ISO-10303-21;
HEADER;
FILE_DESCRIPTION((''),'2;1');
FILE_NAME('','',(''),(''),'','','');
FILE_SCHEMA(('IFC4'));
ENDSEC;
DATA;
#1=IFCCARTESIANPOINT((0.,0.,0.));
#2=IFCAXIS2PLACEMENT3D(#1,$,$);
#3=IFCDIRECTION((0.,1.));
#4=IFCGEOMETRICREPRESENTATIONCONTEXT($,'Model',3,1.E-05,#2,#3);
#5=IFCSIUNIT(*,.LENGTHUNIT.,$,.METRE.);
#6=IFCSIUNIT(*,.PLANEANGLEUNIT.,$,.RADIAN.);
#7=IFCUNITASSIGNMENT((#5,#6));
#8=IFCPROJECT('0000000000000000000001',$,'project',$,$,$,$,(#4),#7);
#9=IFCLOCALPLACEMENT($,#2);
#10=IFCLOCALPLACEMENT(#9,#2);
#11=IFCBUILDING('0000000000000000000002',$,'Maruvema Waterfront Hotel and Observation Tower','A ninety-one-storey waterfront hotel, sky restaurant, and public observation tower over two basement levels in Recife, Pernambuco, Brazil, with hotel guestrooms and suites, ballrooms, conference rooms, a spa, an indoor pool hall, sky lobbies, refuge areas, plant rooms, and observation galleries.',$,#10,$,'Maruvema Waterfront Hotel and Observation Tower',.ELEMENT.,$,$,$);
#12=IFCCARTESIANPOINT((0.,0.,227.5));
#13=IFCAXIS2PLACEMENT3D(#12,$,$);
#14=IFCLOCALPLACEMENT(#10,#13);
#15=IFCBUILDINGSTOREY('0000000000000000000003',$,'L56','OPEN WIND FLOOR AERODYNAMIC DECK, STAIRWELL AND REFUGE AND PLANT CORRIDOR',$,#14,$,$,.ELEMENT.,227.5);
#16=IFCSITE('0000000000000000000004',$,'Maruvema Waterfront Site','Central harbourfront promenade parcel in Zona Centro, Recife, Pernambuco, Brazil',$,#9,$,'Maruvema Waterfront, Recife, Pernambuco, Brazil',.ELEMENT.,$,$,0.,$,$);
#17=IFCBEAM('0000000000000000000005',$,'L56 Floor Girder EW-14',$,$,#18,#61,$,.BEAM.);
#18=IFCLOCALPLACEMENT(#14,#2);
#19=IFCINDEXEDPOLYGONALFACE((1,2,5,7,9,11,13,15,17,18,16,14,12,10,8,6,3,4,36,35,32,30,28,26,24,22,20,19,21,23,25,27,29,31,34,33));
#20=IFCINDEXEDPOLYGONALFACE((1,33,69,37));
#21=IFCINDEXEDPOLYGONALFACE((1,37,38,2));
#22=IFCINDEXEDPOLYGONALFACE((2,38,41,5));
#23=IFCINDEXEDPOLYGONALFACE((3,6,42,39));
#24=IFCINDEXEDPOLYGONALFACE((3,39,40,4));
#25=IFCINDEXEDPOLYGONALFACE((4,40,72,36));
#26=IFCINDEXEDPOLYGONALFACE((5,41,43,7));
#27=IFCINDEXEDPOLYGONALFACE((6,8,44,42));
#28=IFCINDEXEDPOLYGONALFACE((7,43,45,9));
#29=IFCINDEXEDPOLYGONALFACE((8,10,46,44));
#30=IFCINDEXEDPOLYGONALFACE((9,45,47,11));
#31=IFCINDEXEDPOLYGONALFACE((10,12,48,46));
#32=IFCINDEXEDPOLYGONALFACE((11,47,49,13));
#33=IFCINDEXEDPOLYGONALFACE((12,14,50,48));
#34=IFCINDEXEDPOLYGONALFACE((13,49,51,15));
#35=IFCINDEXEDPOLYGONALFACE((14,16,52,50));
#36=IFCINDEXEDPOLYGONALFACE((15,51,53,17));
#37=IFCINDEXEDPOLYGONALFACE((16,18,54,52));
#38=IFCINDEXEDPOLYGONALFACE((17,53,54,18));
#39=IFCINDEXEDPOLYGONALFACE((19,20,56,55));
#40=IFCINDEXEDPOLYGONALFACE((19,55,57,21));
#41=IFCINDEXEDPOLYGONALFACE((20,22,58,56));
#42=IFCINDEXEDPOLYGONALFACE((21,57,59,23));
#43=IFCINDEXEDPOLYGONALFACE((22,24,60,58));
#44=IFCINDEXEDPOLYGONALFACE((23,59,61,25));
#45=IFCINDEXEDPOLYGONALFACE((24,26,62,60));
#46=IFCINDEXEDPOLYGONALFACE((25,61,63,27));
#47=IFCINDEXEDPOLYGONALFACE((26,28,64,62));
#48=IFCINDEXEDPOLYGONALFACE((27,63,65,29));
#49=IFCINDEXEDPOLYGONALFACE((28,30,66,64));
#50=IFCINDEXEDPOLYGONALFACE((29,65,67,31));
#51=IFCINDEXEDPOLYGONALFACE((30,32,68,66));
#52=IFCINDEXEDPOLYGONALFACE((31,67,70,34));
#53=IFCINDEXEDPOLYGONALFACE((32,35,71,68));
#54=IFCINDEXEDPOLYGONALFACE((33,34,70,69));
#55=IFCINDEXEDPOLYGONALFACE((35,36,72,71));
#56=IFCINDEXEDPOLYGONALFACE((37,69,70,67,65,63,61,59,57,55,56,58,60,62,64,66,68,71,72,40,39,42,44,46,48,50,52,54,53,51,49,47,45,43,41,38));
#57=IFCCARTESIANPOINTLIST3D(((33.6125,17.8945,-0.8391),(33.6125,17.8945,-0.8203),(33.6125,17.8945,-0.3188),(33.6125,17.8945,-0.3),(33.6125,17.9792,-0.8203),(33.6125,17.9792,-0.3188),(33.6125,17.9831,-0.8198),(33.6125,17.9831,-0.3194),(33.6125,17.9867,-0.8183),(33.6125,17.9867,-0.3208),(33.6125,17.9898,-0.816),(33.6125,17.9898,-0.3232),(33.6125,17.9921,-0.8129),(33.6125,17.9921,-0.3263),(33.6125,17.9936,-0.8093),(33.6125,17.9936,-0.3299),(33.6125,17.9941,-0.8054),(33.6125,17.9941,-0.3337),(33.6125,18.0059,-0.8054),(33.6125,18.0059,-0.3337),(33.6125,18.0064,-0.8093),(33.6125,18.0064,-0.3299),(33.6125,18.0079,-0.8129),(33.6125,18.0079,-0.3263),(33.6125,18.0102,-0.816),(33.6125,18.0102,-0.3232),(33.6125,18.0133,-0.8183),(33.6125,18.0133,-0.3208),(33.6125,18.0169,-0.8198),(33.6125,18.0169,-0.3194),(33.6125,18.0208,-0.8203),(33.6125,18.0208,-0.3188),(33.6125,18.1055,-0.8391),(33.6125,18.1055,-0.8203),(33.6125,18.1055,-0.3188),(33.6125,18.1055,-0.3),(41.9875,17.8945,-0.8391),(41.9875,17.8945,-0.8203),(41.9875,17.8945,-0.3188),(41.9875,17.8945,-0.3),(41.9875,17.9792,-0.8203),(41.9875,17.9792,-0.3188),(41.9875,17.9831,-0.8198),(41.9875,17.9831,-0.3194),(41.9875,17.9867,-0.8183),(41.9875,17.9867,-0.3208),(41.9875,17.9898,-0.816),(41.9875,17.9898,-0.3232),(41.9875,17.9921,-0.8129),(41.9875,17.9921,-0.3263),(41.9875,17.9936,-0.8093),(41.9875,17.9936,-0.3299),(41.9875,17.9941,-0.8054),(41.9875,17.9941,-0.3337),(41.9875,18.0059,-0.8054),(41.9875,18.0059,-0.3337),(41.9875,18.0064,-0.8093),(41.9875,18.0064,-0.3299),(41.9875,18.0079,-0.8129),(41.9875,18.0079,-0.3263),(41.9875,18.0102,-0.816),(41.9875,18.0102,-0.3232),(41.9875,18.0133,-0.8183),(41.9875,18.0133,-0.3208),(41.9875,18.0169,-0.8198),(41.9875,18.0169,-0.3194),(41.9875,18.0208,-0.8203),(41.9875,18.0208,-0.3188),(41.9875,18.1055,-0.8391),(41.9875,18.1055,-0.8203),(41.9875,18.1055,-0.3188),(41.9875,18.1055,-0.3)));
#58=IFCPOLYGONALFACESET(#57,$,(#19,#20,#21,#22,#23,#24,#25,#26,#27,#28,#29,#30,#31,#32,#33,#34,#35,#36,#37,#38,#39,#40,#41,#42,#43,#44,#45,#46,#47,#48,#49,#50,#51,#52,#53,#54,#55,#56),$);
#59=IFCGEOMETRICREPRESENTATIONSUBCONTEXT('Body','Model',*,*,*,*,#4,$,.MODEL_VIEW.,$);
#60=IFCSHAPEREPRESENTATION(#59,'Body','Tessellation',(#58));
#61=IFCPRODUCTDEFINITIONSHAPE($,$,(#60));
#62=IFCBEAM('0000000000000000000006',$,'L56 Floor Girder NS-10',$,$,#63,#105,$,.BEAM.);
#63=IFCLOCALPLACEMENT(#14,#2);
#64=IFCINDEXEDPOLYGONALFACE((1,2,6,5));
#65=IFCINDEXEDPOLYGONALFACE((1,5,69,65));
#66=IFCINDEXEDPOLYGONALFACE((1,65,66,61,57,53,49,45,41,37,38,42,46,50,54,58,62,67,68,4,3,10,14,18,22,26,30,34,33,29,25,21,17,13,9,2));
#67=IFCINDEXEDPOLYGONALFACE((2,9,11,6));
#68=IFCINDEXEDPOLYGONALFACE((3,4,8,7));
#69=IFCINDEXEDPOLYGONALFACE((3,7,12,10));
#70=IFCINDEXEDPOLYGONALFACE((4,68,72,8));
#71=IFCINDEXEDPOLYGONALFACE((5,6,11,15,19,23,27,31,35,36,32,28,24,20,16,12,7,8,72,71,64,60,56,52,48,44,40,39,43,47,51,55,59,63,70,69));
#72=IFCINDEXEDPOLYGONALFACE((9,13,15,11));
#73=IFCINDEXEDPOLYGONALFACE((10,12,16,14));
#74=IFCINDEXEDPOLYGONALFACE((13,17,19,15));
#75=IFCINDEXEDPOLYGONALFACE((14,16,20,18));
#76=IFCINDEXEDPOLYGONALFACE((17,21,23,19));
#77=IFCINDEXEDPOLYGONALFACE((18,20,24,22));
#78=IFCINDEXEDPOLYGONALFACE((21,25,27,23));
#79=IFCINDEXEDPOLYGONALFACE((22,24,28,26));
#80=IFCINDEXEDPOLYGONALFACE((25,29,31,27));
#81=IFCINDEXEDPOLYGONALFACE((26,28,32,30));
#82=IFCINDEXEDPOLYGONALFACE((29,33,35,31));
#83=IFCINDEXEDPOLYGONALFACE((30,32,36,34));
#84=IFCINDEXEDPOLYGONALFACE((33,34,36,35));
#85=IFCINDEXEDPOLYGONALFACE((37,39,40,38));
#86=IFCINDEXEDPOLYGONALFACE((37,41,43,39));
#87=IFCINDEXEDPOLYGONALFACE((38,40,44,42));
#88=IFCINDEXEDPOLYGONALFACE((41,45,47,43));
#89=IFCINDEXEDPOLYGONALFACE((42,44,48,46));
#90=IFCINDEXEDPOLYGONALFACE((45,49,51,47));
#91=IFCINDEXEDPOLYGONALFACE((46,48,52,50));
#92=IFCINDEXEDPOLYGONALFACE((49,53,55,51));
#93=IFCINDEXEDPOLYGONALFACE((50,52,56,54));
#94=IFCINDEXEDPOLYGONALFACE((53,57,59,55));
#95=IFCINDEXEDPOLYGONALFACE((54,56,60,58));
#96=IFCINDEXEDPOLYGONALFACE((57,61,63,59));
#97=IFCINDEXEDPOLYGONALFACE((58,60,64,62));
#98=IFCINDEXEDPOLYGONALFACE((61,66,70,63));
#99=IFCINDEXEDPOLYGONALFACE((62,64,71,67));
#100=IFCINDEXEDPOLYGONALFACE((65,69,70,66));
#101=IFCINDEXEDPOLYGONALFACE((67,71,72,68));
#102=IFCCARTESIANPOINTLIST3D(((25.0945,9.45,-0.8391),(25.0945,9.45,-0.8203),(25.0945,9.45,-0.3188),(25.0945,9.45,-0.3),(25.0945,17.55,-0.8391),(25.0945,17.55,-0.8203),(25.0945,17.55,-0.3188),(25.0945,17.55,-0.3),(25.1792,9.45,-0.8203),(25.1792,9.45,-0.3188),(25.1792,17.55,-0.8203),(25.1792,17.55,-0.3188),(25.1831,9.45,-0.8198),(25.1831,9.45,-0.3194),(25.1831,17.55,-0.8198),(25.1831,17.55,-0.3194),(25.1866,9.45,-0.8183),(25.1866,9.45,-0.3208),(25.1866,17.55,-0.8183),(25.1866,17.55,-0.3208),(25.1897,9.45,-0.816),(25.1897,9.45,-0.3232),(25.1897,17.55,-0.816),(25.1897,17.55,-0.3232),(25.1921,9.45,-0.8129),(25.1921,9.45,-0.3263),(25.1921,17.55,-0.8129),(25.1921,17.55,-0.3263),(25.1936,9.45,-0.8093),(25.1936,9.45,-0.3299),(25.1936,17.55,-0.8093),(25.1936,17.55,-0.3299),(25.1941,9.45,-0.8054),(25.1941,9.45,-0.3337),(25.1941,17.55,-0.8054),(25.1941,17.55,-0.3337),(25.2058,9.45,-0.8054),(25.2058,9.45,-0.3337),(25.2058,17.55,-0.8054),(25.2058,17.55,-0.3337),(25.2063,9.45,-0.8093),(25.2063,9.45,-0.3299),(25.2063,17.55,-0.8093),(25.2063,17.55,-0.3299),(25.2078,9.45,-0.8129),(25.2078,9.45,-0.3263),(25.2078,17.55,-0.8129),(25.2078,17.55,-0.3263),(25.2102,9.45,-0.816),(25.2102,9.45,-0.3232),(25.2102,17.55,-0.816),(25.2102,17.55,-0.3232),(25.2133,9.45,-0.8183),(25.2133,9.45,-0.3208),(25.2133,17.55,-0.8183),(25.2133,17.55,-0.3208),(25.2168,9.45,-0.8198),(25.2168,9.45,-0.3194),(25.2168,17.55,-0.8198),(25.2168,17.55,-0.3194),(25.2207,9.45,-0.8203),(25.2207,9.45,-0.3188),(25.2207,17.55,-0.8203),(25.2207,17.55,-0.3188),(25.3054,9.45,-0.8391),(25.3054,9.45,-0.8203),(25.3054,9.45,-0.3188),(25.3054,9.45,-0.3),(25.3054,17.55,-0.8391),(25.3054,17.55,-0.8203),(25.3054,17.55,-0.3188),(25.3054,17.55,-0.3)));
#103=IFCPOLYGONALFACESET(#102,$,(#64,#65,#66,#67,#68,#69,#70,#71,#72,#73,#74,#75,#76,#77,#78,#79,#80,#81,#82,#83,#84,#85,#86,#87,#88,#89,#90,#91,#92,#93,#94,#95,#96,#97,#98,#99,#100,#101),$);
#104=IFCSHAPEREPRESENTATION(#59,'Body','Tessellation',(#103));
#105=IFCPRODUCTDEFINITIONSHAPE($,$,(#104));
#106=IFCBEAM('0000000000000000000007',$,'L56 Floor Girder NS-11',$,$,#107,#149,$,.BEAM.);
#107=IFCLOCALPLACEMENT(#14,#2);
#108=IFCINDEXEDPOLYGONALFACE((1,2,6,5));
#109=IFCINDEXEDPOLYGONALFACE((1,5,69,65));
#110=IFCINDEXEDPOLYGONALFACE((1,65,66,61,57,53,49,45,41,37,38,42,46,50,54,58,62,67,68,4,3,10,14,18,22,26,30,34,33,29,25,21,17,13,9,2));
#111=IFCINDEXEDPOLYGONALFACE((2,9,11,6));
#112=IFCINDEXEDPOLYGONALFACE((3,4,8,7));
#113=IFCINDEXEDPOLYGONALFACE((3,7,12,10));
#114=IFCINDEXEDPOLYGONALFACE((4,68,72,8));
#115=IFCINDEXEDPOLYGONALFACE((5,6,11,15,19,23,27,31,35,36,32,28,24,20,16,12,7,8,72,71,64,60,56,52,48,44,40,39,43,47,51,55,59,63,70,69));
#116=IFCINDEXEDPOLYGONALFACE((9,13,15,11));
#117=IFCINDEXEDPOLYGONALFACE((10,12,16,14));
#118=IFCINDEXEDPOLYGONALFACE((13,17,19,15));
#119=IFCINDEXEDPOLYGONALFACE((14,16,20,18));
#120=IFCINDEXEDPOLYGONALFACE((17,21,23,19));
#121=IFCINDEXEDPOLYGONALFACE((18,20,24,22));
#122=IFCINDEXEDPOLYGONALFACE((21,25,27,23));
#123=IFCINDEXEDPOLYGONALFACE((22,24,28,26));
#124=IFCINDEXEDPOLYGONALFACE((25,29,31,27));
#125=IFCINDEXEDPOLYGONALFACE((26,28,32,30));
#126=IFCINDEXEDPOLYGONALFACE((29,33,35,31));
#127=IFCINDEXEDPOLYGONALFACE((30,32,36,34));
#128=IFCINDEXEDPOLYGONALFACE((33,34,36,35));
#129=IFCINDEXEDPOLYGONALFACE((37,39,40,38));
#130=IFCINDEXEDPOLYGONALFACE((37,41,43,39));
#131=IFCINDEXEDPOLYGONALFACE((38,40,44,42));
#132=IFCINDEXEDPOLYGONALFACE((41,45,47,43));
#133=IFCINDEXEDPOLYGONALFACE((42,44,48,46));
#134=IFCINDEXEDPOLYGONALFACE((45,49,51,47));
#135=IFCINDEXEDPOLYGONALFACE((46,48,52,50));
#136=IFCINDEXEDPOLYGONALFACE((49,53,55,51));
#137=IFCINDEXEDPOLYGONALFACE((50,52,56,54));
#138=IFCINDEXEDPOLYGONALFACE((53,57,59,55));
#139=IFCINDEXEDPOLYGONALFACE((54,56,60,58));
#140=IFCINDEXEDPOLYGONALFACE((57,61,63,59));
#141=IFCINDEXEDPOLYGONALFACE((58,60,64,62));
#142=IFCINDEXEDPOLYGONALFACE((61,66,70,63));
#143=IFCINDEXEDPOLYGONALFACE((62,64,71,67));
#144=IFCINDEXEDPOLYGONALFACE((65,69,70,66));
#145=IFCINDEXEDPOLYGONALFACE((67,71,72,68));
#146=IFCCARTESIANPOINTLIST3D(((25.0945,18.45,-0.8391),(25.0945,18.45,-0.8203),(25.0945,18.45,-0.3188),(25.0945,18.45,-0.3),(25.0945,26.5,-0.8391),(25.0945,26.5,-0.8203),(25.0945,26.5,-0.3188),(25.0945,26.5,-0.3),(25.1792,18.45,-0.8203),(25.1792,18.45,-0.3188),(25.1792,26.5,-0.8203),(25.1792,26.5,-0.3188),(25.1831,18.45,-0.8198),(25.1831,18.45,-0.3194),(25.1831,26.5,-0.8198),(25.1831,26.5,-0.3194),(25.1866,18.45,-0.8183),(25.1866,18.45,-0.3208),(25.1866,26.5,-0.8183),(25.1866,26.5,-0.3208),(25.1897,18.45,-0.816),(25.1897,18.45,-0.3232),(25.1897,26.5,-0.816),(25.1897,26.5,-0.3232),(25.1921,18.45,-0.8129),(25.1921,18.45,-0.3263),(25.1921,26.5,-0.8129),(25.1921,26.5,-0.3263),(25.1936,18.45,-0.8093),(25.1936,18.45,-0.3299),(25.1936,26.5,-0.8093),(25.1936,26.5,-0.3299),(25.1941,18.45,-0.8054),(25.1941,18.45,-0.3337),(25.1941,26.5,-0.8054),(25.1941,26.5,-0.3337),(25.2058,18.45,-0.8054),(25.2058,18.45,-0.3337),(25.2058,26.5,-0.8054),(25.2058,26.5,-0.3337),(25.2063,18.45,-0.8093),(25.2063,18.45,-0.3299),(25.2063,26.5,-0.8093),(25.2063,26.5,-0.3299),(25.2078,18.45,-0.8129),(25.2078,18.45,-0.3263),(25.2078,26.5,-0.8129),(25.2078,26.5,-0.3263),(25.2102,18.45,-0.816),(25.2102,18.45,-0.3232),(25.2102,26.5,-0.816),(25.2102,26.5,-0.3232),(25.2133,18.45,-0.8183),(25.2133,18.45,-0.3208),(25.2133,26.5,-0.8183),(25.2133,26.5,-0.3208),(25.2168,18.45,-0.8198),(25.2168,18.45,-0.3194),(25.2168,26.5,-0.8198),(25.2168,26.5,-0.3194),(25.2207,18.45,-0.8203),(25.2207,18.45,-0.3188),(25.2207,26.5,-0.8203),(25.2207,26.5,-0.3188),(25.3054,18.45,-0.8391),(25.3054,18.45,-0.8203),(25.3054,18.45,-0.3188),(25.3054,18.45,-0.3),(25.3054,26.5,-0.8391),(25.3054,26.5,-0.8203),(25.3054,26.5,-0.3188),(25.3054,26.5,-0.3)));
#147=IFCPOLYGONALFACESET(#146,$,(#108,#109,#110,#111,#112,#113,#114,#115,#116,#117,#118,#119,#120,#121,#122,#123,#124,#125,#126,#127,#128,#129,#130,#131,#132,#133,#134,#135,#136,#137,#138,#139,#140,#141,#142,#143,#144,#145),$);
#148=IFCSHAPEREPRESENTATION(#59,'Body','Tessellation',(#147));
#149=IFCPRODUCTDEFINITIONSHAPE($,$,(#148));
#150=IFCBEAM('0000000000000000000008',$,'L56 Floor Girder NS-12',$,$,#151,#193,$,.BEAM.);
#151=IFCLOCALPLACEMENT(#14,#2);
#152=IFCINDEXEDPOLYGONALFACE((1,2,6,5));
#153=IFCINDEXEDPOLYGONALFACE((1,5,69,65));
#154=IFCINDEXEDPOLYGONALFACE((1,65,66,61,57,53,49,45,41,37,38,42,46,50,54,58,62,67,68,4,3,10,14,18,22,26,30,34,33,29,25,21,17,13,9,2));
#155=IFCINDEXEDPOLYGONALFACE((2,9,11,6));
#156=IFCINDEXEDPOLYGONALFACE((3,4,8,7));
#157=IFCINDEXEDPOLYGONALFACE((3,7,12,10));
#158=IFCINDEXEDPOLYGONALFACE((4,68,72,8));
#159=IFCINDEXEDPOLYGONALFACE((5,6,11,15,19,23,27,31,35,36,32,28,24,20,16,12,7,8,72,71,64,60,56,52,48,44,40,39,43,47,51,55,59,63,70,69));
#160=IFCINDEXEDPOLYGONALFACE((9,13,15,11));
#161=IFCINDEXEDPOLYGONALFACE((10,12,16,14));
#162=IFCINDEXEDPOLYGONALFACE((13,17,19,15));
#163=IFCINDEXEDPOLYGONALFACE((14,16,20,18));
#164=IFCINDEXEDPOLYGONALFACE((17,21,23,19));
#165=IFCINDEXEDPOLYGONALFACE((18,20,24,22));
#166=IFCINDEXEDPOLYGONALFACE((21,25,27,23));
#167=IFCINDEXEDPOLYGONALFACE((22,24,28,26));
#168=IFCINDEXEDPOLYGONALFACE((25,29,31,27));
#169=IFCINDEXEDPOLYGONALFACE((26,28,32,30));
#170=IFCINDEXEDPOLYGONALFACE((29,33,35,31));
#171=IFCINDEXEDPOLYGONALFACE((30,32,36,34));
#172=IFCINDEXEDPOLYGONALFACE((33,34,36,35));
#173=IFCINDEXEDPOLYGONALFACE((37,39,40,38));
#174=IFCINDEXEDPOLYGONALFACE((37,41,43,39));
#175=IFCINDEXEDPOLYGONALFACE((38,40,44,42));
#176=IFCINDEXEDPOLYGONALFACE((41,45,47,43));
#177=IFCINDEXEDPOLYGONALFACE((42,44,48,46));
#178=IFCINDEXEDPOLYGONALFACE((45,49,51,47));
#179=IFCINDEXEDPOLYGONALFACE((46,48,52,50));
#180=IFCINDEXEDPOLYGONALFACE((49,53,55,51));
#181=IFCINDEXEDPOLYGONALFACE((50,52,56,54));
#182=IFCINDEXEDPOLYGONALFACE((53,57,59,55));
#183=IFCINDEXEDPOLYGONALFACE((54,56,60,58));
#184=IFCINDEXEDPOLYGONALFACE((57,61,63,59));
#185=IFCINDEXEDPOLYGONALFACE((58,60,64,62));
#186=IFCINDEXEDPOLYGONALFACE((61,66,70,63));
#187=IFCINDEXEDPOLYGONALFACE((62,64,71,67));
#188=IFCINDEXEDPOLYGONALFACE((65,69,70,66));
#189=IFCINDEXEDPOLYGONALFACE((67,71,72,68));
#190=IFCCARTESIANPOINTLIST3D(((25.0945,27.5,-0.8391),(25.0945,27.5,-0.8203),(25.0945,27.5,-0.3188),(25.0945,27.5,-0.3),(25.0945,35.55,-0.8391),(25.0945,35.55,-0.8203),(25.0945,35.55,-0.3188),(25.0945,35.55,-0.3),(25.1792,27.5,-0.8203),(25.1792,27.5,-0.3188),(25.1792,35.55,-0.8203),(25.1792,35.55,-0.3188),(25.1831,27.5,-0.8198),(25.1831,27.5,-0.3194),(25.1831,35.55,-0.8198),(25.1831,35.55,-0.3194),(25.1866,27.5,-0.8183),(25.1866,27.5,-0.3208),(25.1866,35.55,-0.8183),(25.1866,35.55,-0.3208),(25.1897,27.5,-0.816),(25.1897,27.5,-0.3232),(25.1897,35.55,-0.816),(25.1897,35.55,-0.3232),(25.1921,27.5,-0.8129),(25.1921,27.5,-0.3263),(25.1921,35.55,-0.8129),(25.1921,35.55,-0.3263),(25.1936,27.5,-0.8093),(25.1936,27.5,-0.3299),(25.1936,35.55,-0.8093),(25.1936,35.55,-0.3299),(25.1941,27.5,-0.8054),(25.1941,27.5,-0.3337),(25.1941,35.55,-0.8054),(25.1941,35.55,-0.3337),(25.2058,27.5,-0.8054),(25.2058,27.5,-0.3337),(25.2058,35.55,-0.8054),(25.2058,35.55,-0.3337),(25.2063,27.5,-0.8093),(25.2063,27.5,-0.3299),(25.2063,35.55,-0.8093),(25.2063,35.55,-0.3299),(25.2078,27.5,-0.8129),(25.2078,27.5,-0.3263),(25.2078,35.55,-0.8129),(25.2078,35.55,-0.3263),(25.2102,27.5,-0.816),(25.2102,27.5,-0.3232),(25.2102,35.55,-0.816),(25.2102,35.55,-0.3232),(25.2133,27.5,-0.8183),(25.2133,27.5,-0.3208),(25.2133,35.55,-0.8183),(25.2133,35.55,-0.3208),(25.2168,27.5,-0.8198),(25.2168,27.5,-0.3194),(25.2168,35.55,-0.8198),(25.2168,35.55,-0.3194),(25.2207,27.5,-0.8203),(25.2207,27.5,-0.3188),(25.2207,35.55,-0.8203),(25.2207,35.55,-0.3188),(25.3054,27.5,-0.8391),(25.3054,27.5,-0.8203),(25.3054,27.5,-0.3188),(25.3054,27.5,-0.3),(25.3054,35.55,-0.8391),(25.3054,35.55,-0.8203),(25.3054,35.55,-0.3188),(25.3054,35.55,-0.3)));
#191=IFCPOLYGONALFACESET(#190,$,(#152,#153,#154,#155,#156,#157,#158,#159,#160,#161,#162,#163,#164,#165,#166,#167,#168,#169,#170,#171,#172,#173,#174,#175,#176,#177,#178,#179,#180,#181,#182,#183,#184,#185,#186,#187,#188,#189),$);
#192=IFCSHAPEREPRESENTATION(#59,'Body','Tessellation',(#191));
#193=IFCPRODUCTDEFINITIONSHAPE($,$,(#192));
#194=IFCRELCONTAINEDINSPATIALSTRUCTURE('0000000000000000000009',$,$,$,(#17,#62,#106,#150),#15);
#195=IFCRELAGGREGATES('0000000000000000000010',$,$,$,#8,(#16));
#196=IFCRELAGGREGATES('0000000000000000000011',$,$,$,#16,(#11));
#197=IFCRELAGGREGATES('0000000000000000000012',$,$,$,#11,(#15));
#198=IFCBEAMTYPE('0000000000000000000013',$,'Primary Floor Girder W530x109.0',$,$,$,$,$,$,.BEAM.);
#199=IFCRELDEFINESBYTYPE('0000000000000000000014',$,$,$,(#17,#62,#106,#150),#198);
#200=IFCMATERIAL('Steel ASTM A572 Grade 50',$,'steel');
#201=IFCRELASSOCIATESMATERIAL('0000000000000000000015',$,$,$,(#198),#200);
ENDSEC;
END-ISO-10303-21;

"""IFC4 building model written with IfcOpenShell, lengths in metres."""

from ifc_helpers import new_model, si_unit, direction, frame, origin, origin_2d, place, context, subcontext, project, spatial, i_section, extrude, material, material_profile, profile_set, type_object, element, save


model = new_model("IFC4")

# Units and contexts
model_context = context("Model", 3, precision=1e-05, world=origin(), true_north=direction((0.0, 1.0)))
body_context = subcontext(model_context, "Body", "Model", "MODEL_VIEW")
ifc_project = project(units=[si_unit("LENGTHUNIT", "METRE"), si_unit("PLANEANGLEUNIT", "RADIAN")], contexts=[model_context])

# Site, building, storey
site_placement = place(None, origin())
site = spatial("IfcSite", under=ifc_project, at=site_placement, Name="Maruvema Waterfront Site", Description="Central harbourfront promenade parcel in Zona Centro, Recife, Pernambuco, Brazil", LongName="Maruvema Waterfront, Recife, Pernambuco, Brazil", CompositionType="ELEMENT", RefElevation=0.0)
building_placement = place(site_placement, origin())
building = spatial("IfcBuilding", under=site, at=building_placement, Name="Maruvema Waterfront Hotel and Observation Tower", Description="A ninety-one-storey waterfront hotel, sky restaurant, and public observation tower over two basement levels in Recife, Pernambuco, Brazil, with hotel guestrooms and suites, ballrooms, conference rooms, a spa, an indoor pool hall, sky lobbies, refuge areas, plant rooms, and observation galleries.", LongName="Maruvema Waterfront Hotel and Observation Tower", CompositionType="ELEMENT")
storey_placement = place(building_placement, frame((0.0, 0.0, 227.5)))
storey = spatial("IfcBuildingStorey", under=building, at=storey_placement, Name="L56", Description="OPEN WIND FLOOR AERODYNAMIC DECK, STAIRWELL AND REFUGE AND PLANT CORRIDOR", CompositionType="ELEMENT", Elevation=227.5)

# Beams
ifc_material_1 = material(Name="Steel ASTM A572 Grade 50", Category="steel")
ifc_material_profile_1 = material_profile(ifc_material_1, i_section(OverallWidth=0.2109, OverallDepth=0.5391, WebThickness=0.0117, FlangeThickness=0.0188, FilletRadius=0.0149, at=origin_2d()), Name="W530x109.0")
ifc_profile_set_1 = profile_set([ifc_material_profile_1], Name="Steel ASTM A572 Grade 50")
beam_type_1 = type_object("IfcBeamType", Name="Primary Floor Girder W530x109.0", PredefinedType="BEAM", material=ifc_profile_set_1)
beam_1_placement = place(storey_placement, frame((33.6125, 18.0, -0.5696), z_axis=(1.0, 0.0, 0.0), x_axis=(0.0, 1.0, 0.0)))
element("IfcBeam", 1, at=beam_1_placement, inside=storey, type_object=beam_type_1, Name="L56 Floor Girder EW-14", PredefinedType="BEAM", context=body_context, shape_type="SweptSolid", body=[
    extrude(i_section(OverallWidth=0.2109, OverallDepth=0.5391, WebThickness=0.0117, FlangeThickness=0.0188, FilletRadius=0.0149, at=origin_2d()), origin(), (0.0, 0.0, 1.0), 8.375),
])
beam_2_placement = place(storey_placement, frame((25.2, 9.45, -0.5696), z_axis=(0.0, 1.0, 0.0), x_axis=(-1.0, 0.0, 0.0)))
element("IfcBeam", 2, at=beam_2_placement, inside=storey, type_object=beam_type_1, Name="L56 Floor Girder NS-10", PredefinedType="BEAM", context=body_context, shape_type="SweptSolid", body=[
    extrude(i_section(OverallWidth=0.2109, OverallDepth=0.5391, WebThickness=0.0117, FlangeThickness=0.0188, FilletRadius=0.0149, at=origin_2d()), origin(), (0.0, 0.0, 1.0), 8.1001),
])
for number, where, z_axis, x_axis, name in (
    (3, (25.2, 18.45, -0.5696), (0.0, 1.0, 0.0), (-1.0, 0.0, 0.0), "L56 Floor Girder NS-11"),
    (4, (25.2, 27.5, -0.5696), (0.0, 1.0, 0.0), (-1.0, 0.0, 0.0), "L56 Floor Girder NS-12"),
):
    element("IfcBeam", number, at=place(storey_placement, frame(where, z_axis=z_axis, x_axis=x_axis)), inside=storey, type_object=beam_type_1, Name=name, PredefinedType="BEAM", context=body_context, shape_type="SweptSolid", body=[
        extrude(i_section(OverallWidth=0.2109, OverallDepth=0.5391, WebThickness=0.0117, FlangeThickness=0.0188, FilletRadius=0.0149, at=origin_2d()), origin(), (0.0, 0.0, 1.0), 8.05),
    ])

save(model, "model.ifc")
